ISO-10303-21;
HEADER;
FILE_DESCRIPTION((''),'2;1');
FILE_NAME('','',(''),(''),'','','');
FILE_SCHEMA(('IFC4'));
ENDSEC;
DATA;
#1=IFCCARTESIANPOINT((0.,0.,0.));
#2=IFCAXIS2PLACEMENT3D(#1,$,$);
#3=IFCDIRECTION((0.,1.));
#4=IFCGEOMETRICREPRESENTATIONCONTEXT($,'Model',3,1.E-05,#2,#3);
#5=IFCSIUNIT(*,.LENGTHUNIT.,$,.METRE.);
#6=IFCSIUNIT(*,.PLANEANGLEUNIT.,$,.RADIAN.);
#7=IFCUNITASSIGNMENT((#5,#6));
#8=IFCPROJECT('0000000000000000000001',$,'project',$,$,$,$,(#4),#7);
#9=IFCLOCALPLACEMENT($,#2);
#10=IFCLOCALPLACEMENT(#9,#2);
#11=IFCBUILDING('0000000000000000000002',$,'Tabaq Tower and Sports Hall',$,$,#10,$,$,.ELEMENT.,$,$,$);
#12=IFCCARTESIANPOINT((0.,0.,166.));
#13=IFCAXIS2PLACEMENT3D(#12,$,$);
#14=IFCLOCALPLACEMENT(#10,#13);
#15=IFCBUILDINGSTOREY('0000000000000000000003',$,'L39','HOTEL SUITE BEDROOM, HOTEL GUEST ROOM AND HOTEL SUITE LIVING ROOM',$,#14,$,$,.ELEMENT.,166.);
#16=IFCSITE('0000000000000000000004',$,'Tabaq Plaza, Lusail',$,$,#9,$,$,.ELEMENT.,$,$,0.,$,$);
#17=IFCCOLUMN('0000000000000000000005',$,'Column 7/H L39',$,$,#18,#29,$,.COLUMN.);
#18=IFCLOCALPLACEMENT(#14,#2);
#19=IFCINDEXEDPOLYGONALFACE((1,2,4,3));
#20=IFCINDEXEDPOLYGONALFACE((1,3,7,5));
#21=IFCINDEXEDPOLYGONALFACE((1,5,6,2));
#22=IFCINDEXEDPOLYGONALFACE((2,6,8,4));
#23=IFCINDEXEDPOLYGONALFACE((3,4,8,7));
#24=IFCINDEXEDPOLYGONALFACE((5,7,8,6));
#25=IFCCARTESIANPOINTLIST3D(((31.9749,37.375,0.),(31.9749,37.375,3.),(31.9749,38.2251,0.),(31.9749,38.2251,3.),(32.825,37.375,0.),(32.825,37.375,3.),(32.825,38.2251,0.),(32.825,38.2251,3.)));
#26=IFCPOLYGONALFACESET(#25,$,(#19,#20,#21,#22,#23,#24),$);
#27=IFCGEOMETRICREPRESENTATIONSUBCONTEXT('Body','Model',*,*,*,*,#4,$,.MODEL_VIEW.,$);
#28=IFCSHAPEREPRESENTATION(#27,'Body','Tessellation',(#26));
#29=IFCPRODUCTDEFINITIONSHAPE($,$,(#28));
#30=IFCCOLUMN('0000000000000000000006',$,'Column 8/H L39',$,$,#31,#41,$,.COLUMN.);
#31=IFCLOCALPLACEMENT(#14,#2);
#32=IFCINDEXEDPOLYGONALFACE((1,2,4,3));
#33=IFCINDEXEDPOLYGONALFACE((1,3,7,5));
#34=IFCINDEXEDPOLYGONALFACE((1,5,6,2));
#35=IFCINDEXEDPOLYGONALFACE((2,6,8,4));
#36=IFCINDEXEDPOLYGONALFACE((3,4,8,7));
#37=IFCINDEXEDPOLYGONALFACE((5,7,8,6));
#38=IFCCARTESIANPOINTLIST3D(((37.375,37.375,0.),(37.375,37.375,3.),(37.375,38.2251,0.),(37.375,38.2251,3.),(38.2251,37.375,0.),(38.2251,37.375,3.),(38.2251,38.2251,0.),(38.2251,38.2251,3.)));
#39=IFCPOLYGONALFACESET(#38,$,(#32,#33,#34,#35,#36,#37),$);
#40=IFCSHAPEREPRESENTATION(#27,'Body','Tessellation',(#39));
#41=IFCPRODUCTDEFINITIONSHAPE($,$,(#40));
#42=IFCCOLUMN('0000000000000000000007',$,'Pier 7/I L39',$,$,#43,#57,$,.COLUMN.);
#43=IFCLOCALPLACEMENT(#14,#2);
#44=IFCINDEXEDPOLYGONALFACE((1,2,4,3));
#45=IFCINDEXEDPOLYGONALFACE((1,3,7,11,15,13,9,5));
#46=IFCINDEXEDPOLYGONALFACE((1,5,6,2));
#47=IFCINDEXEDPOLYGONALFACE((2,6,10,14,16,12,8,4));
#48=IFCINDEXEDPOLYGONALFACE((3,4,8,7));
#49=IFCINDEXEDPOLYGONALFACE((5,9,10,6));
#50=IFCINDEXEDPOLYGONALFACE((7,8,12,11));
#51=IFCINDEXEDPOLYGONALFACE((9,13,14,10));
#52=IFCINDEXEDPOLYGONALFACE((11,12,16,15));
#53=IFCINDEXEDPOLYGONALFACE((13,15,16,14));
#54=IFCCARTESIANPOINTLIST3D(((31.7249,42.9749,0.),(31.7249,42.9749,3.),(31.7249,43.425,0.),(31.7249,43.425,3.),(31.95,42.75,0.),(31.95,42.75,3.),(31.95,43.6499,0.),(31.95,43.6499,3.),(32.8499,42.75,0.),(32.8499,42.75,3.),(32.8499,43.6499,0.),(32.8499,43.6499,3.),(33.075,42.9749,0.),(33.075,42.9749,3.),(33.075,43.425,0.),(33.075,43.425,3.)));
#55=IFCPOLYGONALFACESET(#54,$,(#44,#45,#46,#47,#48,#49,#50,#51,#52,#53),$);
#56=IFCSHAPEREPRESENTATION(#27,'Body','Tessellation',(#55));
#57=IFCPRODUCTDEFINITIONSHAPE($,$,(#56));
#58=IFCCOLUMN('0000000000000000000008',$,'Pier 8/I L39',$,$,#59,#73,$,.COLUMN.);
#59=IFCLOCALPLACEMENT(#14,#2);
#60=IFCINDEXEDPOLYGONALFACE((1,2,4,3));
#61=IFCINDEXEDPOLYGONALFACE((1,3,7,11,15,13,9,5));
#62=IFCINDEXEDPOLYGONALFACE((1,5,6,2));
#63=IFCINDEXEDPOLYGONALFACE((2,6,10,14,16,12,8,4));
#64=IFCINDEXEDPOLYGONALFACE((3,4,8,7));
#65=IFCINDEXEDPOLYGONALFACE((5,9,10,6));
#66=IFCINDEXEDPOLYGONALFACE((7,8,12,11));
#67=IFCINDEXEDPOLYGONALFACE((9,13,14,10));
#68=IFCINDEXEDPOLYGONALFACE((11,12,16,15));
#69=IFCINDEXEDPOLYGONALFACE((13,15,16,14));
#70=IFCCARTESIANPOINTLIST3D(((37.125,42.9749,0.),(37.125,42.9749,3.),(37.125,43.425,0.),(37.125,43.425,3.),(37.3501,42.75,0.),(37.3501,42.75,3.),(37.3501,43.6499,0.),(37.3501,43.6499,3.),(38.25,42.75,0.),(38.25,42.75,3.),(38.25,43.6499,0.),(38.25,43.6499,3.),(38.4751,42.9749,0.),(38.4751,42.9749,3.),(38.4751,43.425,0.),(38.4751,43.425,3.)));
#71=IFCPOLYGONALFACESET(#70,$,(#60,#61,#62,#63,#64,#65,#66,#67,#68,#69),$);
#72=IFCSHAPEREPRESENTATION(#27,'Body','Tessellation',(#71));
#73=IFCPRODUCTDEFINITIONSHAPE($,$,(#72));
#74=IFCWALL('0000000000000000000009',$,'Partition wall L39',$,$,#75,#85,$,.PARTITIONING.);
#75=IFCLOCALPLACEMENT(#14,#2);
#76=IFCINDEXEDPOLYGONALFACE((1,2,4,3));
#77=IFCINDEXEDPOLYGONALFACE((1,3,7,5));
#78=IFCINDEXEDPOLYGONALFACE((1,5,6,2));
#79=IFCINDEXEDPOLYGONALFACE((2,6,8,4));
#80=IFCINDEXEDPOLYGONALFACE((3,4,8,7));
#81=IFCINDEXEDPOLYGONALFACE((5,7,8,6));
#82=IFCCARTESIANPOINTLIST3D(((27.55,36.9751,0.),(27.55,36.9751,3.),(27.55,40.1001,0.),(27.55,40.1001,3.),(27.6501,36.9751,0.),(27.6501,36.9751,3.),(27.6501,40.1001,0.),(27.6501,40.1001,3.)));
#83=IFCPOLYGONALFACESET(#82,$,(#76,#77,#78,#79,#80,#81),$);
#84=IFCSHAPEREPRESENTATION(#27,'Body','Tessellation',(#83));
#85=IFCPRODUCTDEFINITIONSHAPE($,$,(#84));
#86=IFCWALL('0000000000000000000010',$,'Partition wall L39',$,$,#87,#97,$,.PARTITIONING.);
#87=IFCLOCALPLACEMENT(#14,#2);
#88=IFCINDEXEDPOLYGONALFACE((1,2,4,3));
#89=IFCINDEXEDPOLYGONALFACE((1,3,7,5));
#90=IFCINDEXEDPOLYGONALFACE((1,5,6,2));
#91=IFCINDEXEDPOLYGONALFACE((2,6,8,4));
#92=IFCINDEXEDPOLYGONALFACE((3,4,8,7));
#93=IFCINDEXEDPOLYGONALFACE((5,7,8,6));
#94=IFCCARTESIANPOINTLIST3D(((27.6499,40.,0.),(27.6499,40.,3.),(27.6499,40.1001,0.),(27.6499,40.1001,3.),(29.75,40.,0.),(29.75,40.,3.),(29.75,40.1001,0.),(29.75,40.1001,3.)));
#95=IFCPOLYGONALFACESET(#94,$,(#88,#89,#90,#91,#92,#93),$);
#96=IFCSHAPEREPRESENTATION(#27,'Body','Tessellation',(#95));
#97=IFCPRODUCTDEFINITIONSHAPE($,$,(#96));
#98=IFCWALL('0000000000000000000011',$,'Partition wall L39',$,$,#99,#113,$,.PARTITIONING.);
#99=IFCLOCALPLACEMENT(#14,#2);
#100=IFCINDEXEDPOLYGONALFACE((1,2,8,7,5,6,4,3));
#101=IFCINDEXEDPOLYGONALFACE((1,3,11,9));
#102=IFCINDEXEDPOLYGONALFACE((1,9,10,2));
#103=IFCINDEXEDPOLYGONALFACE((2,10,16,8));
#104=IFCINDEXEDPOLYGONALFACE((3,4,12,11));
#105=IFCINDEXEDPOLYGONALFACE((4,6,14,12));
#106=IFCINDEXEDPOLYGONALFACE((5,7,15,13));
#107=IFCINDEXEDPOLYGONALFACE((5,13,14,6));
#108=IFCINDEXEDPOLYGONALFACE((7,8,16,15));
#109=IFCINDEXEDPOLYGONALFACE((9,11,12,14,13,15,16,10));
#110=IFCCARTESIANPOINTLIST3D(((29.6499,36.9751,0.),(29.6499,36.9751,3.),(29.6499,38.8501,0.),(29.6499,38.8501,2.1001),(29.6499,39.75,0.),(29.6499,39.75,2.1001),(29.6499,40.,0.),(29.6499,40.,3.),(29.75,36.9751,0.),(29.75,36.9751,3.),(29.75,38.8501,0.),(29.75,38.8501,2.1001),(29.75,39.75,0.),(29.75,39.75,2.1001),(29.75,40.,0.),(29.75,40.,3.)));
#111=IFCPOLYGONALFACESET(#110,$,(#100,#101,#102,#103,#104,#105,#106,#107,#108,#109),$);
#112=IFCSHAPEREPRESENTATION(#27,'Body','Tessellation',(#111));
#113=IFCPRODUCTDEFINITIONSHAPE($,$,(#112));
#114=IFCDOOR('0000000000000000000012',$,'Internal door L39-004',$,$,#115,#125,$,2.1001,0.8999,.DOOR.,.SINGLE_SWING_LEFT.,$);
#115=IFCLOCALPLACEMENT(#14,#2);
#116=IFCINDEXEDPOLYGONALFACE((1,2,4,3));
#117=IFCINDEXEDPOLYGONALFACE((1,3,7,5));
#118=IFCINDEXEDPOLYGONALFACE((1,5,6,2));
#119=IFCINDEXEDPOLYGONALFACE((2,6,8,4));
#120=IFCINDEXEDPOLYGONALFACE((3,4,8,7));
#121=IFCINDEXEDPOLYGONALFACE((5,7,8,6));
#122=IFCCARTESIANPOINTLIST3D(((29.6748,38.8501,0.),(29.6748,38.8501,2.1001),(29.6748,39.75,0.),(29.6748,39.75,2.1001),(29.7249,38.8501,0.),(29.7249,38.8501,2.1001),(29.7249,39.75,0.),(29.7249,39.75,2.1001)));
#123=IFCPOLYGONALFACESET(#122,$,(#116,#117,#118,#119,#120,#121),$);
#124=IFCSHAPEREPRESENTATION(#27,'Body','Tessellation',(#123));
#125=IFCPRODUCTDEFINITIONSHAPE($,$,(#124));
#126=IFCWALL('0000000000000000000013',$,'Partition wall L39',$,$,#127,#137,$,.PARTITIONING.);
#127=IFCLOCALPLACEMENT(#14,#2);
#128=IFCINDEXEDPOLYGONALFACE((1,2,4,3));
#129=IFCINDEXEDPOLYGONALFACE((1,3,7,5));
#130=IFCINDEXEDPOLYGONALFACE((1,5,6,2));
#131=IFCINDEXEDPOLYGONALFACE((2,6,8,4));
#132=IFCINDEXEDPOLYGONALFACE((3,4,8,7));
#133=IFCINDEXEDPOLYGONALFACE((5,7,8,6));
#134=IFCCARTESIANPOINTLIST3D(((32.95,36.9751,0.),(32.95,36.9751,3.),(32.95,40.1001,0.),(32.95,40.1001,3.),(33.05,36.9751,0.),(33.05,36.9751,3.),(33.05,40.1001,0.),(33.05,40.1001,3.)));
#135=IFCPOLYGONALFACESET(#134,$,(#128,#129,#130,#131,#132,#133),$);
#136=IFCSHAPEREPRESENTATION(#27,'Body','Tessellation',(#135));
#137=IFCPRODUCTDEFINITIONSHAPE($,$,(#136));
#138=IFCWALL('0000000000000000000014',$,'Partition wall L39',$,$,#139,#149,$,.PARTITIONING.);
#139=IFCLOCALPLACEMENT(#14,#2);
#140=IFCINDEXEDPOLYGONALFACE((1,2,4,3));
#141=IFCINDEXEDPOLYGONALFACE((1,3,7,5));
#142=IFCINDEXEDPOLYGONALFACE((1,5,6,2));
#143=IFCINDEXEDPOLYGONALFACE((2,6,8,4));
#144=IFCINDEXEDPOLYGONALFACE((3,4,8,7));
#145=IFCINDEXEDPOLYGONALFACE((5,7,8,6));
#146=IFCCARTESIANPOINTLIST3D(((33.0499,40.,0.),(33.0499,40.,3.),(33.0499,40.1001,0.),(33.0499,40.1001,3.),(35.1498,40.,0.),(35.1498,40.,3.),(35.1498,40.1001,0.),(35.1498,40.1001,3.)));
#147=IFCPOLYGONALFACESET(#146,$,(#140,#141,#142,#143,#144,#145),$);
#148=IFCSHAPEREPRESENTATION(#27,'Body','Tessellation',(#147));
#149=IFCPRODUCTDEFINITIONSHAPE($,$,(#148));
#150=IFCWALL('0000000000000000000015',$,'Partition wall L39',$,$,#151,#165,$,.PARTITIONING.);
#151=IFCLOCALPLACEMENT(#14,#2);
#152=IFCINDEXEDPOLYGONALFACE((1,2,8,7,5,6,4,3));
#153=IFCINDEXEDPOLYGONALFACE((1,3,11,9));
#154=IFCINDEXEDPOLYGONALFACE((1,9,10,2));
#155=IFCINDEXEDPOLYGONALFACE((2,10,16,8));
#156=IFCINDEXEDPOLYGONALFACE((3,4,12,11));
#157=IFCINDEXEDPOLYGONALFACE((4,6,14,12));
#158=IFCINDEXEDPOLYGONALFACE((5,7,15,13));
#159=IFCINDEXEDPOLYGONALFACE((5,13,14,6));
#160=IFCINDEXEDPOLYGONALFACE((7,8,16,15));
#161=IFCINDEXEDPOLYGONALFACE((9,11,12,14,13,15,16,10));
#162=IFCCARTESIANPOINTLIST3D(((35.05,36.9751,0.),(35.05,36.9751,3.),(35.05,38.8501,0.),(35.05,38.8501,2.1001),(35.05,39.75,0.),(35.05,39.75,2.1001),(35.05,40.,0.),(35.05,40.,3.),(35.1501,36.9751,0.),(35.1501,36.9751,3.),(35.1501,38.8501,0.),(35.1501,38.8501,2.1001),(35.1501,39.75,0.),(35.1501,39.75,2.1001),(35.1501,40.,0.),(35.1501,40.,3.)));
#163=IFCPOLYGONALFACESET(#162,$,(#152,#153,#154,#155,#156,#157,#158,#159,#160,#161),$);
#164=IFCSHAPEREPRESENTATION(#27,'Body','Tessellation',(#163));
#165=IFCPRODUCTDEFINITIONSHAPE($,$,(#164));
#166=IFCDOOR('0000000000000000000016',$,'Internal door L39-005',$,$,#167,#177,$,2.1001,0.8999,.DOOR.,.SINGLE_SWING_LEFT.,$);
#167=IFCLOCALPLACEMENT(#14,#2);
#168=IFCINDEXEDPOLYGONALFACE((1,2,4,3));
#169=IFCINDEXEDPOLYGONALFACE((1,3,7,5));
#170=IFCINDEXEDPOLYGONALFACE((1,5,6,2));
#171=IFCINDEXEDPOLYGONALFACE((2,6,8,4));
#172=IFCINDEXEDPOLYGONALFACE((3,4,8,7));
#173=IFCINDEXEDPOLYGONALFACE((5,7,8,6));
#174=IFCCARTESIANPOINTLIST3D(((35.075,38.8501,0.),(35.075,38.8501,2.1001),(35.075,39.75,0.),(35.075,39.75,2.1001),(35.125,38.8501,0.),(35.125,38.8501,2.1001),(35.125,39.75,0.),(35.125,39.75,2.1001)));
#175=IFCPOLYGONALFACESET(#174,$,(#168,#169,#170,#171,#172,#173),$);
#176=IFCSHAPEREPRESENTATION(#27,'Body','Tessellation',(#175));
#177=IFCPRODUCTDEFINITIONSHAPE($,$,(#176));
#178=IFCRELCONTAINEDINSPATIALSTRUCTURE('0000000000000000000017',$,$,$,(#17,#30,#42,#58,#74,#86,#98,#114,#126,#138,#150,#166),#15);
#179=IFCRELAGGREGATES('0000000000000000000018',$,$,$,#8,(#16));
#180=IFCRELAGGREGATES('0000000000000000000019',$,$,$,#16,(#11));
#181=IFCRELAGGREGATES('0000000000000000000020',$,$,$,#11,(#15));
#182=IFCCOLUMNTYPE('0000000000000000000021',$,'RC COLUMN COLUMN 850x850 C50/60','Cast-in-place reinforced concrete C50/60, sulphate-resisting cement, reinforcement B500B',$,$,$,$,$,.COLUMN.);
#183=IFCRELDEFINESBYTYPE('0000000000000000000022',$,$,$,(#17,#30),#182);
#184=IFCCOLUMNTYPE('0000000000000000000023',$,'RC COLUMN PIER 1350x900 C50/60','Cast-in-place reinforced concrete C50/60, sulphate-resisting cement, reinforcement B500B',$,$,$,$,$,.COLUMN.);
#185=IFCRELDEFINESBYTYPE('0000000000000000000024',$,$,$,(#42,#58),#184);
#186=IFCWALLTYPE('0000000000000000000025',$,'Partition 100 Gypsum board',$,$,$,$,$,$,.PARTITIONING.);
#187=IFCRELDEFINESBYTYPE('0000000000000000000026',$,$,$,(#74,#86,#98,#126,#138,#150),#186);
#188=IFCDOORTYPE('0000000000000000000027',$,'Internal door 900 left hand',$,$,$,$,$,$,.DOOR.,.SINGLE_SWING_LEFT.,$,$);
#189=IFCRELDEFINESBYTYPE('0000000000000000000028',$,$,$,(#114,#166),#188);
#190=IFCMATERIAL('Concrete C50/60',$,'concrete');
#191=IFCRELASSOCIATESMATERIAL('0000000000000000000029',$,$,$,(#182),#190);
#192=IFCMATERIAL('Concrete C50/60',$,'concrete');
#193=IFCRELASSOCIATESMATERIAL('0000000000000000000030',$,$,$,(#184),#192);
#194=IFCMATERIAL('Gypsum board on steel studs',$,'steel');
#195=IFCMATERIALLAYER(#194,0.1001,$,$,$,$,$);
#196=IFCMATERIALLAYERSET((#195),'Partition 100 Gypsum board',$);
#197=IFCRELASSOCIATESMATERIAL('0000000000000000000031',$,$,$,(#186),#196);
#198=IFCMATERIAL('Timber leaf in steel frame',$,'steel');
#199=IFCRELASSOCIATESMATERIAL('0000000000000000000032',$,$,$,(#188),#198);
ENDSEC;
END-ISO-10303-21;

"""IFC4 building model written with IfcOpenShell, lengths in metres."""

from ifc_helpers import new_model, si_unit, direction, frame, frame_2d, origin, origin_2d, place, context, subcontext, project, spatial, polyline, rectangle, outline, extrude, material, layer, layer_set, material_profile, profile_set, type_object, element, fill, save


model = new_model("IFC4")

# Units and contexts
model_context = context("Model", 3, precision=1e-05, world=origin(), true_north=direction((0.0, 1.0)))
body_context = subcontext(model_context, "Body", "Model", "MODEL_VIEW")
ifc_project = project(units=[si_unit("LENGTHUNIT", "METRE"), si_unit("PLANEANGLEUNIT", "RADIAN")], contexts=[model_context])

# Site, building, storey
site_placement = place(None, origin())
site = spatial("IfcSite", under=ifc_project, at=site_placement, Name="Tabaq Plaza, Lusail", CompositionType="ELEMENT", RefElevation=0.0)
building_placement = place(site_placement, origin())
building = spatial("IfcBuilding", under=site, at=building_placement, Name="Tabaq Tower and Sports Hall", CompositionType="ELEMENT")
storey_placement = place(building_placement, frame((0.0, 0.0, 166.0)))
storey = spatial("IfcBuildingStorey", under=building, at=storey_placement, Name="L39", Description="HOTEL SUITE BEDROOM, HOTEL GUEST ROOM AND HOTEL SUITE LIVING ROOM", CompositionType="ELEMENT", Elevation=166.0)

# Columns
ifc_material_1 = material(Name="Concrete C50/60", Category="concrete")
ifc_material_profile_1 = material_profile(ifc_material_1, rectangle(XDim=0.8501, YDim=0.8501, at=origin_2d()), Name="COLUMN 850x850")
ifc_profile_set_1 = profile_set([ifc_material_profile_1], Name="Concrete C50/60")
column_type_1 = type_object("IfcColumnType", Name="RC COLUMN COLUMN 850x850 C50/60", Description="Cast-in-place reinforced concrete C50/60, sulphate-resisting cement, reinforcement B500B", PredefinedType="COLUMN", material=ifc_profile_set_1)
for number, where, z_axis, x_axis, name in (
    (1, (32.3999, 37.8, 0.0), (0.0, 0.0, 1.0), (1.0, 0.0, 0.0), "Column 7/H L39"),
    (2, (37.8, 37.8, 0.0), (0.0, 0.0, 1.0), (1.0, 0.0, 0.0), "Column 8/H L39"),
):
    element("IfcColumn", number, at=place(storey_placement, frame(where, z_axis=z_axis, x_axis=x_axis)), inside=storey, type_object=column_type_1, Name=name, PredefinedType="COLUMN", context=body_context, shape_type="SweptSolid", body=[
        extrude(rectangle(XDim=0.8501, YDim=0.8501, at=origin_2d()), origin(), (0.0, 0.0, 1.0), 3.0),
    ])
ifc_material_2 = material(Name="Concrete C50/60", Category="concrete")
ifc_material_profile_2 = material_profile(ifc_material_2, outline(polyline([(-0.45, -0.45), (0.45, -0.45), (0.675, -0.2251), (0.675, 0.2251), (0.45, 0.45), (-0.45, 0.45), (-0.675, 0.2251), (-0.675, -0.2251), (-0.45, -0.45)])), Name="PIER 1350x900")
ifc_profile_set_2 = profile_set([ifc_material_profile_2], Name="Concrete C50/60")
column_type_2 = type_object("IfcColumnType", Name="RC COLUMN PIER 1350x900 C50/60", Description="Cast-in-place reinforced concrete C50/60, sulphate-resisting cement, reinforcement B500B", PredefinedType="COLUMN", material=ifc_profile_set_2)
for number, where, z_axis, x_axis, name in (
    (3, (32.3999, 43.2, 0.0), (0.0, 0.0, 1.0), (1.0, 0.0, 0.0), "Pier 7/I L39"),
    (4, (37.8, 43.2, 0.0), (0.0, 0.0, 1.0), (1.0, 0.0, 0.0), "Pier 8/I L39"),
):
    element("IfcColumn", number, at=place(storey_placement, frame(where, z_axis=z_axis, x_axis=x_axis)), inside=storey, type_object=column_type_2, Name=name, PredefinedType="COLUMN", context=body_context, shape_type="SweptSolid", body=[
        extrude(outline(polyline([(-0.45, -0.45), (0.45, -0.45), (0.675, -0.2251), (0.675, 0.2251), (0.45, 0.45), (-0.45, 0.45), (-0.675, 0.2251), (-0.675, -0.2251), (-0.45, -0.45)])), origin(), (0.0, 0.0, 1.0), 3.0),
    ])

# Walls
ifc_material_3 = material(Name="Gypsum board on steel studs", Category="steel")
ifc_layer_1 = layer(ifc_material_3, 0.1001)
ifc_layer_set_1 = layer_set([ifc_layer_1], Name="Partition 100 Gypsum board")
wall_type_1 = type_object("IfcWallType", Name="Partition 100 Gypsum board", PredefinedType="PARTITIONING", material=ifc_layer_set_1)
wall_1_placement = place(storey_placement, frame((27.6001, 36.9751, 0.0), z_axis=(0.0, 0.0, 1.0), x_axis=(0.0, 1.0, 0.0)))
element("IfcWall", 5, at=wall_1_placement, inside=storey, type_object=wall_type_1, Name="Partition wall L39", PredefinedType="PARTITIONING", context=body_context, shape_type="SweptSolid", body=[
    extrude(rectangle(XDim=3.125, YDim=0.1001, at=frame_2d((1.5625, 0.0))), origin(), (0.0, 0.0, 1.0), 3.0),
])
wall_2_placement = place(storey_placement, frame((27.6499, 40.05, 0.0), z_axis=(0.0, 0.0, 1.0), x_axis=(1.0, 0.0, 0.0)))
element("IfcWall", 6, at=wall_2_placement, inside=storey, type_object=wall_type_1, Name="Partition wall L39", PredefinedType="PARTITIONING", context=body_context, shape_type="SweptSolid", body=[
    extrude(rectangle(XDim=2.1001, YDim=0.1001, at=frame_2d((1.05, 0.0))), origin(), (0.0, 0.0, 1.0), 3.0),
])

# Wall, opening, door
wall_3_placement = place(storey_placement, frame((29.7, 40.0, 0.0), z_axis=(0.0, 0.0, 1.0), x_axis=(0.0, -1.0, 0.0)))
wall_3 = element("IfcWall", 7, at=wall_3_placement, inside=storey, type_object=wall_type_1, Name="Partition wall L39", PredefinedType="PARTITIONING", context=body_context, shape_type="SweptSolid", body=[
    extrude(rectangle(XDim=3.0249, YDim=0.1001, at=frame_2d((1.5125, 0.0))), origin(), (0.0, 0.0, 1.0), 3.0),
])
opening_1_placement = place(wall_3_placement, frame((0.25, 0.0, 0.0)))
opening_1 = element("IfcOpeningElement", 8, at=opening_1_placement, cuts=wall_3, PredefinedType="OPENING", context=body_context, shape_type="SweptSolid", body=[
    extrude(rectangle(XDim=0.8999, YDim=2.1001, at=frame_2d((0.45, 1.05))), frame((0.0, 0.05, 0.0), z_axis=(0.0, -1.0, 0.0), x_axis=(1.0, 0.0, 0.0)), (0.0, 0.0, 1.0), 0.1001),
])
ifc_material_4 = material(Name="Timber leaf in steel frame", Category="steel")
door_type = type_object("IfcDoorType", Name="Internal door 900 left hand", OperationType="SINGLE_SWING_LEFT", PredefinedType="DOOR", material=ifc_material_4)
door_1_placement = place(opening_1_placement, origin())
door_1 = element("IfcDoor", 9, at=door_1_placement, inside=storey, type_object=door_type, Name="Internal door L39-004", OperationType="SINGLE_SWING_LEFT", OverallHeight=2.1001, OverallWidth=0.8999, PredefinedType="DOOR", context=body_context, shape_type="SweptSolid", body=[
    extrude(rectangle(XDim=0.8999, YDim=2.1001, at=frame_2d((0.45, 1.05))), frame((0.0, 0.0249, 0.0), z_axis=(0.0, -1.0, 0.0), x_axis=(1.0, 0.0, 0.0)), (0.0, 0.0, 1.0), 0.05),
])
fill(opening_1, door_1)

# Walls
wall_4_placement = place(storey_placement, frame((33.0, 36.9751, 0.0), z_axis=(0.0, 0.0, 1.0), x_axis=(0.0, 1.0, 0.0)))
element("IfcWall", 10, at=wall_4_placement, inside=storey, type_object=wall_type_1, Name="Partition wall L39", PredefinedType="PARTITIONING", context=body_context, shape_type="SweptSolid", body=[
    extrude(rectangle(XDim=3.125, YDim=0.1001, at=frame_2d((1.5625, 0.0))), origin(), (0.0, 0.0, 1.0), 3.0),
])
wall_5_placement = place(storey_placement, frame((33.05, 40.05, 0.0), z_axis=(0.0, 0.0, 1.0), x_axis=(1.0, 0.0, 0.0)))
element("IfcWall", 11, at=wall_5_placement, inside=storey, type_object=wall_type_1, Name="Partition wall L39", PredefinedType="PARTITIONING", context=body_context, shape_type="SweptSolid", body=[
    extrude(rectangle(XDim=2.0999, YDim=0.1001, at=frame_2d((1.0498, 0.0))), origin(), (0.0, 0.0, 1.0), 3.0),
])

# Wall, opening, door
wall_6_placement = place(storey_placement, frame((35.1001, 40.0, 0.0), z_axis=(0.0, 0.0, 1.0), x_axis=(0.0, -1.0, 0.0)))
wall_6 = element("IfcWall", 12, at=wall_6_placement, inside=storey, type_object=wall_type_1, Name="Partition wall L39", PredefinedType="PARTITIONING", context=body_context, shape_type="SweptSolid", body=[
    extrude(rectangle(XDim=3.0249, YDim=0.1001, at=frame_2d((1.5125, 0.0))), origin(), (0.0, 0.0, 1.0), 3.0),
])
opening_2_placement = place(wall_6_placement, frame((0.25, 0.0, 0.0)))
opening_2 = element("IfcOpeningElement", 13, at=opening_2_placement, cuts=wall_6, PredefinedType="OPENING", context=body_context, shape_type="SweptSolid", body=[
    extrude(rectangle(XDim=0.8999, YDim=2.1001, at=frame_2d((0.45, 1.05))), frame((0.0, 0.05, 0.0), z_axis=(0.0, -1.0, 0.0), x_axis=(1.0, 0.0, 0.0)), (0.0, 0.0, 1.0), 0.1001),
])
door_2_placement = place(opening_2_placement, origin())
door_2 = element("IfcDoor", 14, at=door_2_placement, inside=storey, type_object=door_type, Name="Internal door L39-005", OperationType="SINGLE_SWING_LEFT", OverallHeight=2.1001, OverallWidth=0.8999, PredefinedType="DOOR", context=body_context, shape_type="SweptSolid", body=[
    extrude(rectangle(XDim=0.8999, YDim=2.1001, at=frame_2d((0.45, 1.05))), frame((0.0, 0.0249, 0.0), z_axis=(0.0, -1.0, 0.0), x_axis=(1.0, 0.0, 0.0)), (0.0, 0.0, 1.0), 0.05),
])
fill(opening_2, door_2)

save(model, "model.ifc")
